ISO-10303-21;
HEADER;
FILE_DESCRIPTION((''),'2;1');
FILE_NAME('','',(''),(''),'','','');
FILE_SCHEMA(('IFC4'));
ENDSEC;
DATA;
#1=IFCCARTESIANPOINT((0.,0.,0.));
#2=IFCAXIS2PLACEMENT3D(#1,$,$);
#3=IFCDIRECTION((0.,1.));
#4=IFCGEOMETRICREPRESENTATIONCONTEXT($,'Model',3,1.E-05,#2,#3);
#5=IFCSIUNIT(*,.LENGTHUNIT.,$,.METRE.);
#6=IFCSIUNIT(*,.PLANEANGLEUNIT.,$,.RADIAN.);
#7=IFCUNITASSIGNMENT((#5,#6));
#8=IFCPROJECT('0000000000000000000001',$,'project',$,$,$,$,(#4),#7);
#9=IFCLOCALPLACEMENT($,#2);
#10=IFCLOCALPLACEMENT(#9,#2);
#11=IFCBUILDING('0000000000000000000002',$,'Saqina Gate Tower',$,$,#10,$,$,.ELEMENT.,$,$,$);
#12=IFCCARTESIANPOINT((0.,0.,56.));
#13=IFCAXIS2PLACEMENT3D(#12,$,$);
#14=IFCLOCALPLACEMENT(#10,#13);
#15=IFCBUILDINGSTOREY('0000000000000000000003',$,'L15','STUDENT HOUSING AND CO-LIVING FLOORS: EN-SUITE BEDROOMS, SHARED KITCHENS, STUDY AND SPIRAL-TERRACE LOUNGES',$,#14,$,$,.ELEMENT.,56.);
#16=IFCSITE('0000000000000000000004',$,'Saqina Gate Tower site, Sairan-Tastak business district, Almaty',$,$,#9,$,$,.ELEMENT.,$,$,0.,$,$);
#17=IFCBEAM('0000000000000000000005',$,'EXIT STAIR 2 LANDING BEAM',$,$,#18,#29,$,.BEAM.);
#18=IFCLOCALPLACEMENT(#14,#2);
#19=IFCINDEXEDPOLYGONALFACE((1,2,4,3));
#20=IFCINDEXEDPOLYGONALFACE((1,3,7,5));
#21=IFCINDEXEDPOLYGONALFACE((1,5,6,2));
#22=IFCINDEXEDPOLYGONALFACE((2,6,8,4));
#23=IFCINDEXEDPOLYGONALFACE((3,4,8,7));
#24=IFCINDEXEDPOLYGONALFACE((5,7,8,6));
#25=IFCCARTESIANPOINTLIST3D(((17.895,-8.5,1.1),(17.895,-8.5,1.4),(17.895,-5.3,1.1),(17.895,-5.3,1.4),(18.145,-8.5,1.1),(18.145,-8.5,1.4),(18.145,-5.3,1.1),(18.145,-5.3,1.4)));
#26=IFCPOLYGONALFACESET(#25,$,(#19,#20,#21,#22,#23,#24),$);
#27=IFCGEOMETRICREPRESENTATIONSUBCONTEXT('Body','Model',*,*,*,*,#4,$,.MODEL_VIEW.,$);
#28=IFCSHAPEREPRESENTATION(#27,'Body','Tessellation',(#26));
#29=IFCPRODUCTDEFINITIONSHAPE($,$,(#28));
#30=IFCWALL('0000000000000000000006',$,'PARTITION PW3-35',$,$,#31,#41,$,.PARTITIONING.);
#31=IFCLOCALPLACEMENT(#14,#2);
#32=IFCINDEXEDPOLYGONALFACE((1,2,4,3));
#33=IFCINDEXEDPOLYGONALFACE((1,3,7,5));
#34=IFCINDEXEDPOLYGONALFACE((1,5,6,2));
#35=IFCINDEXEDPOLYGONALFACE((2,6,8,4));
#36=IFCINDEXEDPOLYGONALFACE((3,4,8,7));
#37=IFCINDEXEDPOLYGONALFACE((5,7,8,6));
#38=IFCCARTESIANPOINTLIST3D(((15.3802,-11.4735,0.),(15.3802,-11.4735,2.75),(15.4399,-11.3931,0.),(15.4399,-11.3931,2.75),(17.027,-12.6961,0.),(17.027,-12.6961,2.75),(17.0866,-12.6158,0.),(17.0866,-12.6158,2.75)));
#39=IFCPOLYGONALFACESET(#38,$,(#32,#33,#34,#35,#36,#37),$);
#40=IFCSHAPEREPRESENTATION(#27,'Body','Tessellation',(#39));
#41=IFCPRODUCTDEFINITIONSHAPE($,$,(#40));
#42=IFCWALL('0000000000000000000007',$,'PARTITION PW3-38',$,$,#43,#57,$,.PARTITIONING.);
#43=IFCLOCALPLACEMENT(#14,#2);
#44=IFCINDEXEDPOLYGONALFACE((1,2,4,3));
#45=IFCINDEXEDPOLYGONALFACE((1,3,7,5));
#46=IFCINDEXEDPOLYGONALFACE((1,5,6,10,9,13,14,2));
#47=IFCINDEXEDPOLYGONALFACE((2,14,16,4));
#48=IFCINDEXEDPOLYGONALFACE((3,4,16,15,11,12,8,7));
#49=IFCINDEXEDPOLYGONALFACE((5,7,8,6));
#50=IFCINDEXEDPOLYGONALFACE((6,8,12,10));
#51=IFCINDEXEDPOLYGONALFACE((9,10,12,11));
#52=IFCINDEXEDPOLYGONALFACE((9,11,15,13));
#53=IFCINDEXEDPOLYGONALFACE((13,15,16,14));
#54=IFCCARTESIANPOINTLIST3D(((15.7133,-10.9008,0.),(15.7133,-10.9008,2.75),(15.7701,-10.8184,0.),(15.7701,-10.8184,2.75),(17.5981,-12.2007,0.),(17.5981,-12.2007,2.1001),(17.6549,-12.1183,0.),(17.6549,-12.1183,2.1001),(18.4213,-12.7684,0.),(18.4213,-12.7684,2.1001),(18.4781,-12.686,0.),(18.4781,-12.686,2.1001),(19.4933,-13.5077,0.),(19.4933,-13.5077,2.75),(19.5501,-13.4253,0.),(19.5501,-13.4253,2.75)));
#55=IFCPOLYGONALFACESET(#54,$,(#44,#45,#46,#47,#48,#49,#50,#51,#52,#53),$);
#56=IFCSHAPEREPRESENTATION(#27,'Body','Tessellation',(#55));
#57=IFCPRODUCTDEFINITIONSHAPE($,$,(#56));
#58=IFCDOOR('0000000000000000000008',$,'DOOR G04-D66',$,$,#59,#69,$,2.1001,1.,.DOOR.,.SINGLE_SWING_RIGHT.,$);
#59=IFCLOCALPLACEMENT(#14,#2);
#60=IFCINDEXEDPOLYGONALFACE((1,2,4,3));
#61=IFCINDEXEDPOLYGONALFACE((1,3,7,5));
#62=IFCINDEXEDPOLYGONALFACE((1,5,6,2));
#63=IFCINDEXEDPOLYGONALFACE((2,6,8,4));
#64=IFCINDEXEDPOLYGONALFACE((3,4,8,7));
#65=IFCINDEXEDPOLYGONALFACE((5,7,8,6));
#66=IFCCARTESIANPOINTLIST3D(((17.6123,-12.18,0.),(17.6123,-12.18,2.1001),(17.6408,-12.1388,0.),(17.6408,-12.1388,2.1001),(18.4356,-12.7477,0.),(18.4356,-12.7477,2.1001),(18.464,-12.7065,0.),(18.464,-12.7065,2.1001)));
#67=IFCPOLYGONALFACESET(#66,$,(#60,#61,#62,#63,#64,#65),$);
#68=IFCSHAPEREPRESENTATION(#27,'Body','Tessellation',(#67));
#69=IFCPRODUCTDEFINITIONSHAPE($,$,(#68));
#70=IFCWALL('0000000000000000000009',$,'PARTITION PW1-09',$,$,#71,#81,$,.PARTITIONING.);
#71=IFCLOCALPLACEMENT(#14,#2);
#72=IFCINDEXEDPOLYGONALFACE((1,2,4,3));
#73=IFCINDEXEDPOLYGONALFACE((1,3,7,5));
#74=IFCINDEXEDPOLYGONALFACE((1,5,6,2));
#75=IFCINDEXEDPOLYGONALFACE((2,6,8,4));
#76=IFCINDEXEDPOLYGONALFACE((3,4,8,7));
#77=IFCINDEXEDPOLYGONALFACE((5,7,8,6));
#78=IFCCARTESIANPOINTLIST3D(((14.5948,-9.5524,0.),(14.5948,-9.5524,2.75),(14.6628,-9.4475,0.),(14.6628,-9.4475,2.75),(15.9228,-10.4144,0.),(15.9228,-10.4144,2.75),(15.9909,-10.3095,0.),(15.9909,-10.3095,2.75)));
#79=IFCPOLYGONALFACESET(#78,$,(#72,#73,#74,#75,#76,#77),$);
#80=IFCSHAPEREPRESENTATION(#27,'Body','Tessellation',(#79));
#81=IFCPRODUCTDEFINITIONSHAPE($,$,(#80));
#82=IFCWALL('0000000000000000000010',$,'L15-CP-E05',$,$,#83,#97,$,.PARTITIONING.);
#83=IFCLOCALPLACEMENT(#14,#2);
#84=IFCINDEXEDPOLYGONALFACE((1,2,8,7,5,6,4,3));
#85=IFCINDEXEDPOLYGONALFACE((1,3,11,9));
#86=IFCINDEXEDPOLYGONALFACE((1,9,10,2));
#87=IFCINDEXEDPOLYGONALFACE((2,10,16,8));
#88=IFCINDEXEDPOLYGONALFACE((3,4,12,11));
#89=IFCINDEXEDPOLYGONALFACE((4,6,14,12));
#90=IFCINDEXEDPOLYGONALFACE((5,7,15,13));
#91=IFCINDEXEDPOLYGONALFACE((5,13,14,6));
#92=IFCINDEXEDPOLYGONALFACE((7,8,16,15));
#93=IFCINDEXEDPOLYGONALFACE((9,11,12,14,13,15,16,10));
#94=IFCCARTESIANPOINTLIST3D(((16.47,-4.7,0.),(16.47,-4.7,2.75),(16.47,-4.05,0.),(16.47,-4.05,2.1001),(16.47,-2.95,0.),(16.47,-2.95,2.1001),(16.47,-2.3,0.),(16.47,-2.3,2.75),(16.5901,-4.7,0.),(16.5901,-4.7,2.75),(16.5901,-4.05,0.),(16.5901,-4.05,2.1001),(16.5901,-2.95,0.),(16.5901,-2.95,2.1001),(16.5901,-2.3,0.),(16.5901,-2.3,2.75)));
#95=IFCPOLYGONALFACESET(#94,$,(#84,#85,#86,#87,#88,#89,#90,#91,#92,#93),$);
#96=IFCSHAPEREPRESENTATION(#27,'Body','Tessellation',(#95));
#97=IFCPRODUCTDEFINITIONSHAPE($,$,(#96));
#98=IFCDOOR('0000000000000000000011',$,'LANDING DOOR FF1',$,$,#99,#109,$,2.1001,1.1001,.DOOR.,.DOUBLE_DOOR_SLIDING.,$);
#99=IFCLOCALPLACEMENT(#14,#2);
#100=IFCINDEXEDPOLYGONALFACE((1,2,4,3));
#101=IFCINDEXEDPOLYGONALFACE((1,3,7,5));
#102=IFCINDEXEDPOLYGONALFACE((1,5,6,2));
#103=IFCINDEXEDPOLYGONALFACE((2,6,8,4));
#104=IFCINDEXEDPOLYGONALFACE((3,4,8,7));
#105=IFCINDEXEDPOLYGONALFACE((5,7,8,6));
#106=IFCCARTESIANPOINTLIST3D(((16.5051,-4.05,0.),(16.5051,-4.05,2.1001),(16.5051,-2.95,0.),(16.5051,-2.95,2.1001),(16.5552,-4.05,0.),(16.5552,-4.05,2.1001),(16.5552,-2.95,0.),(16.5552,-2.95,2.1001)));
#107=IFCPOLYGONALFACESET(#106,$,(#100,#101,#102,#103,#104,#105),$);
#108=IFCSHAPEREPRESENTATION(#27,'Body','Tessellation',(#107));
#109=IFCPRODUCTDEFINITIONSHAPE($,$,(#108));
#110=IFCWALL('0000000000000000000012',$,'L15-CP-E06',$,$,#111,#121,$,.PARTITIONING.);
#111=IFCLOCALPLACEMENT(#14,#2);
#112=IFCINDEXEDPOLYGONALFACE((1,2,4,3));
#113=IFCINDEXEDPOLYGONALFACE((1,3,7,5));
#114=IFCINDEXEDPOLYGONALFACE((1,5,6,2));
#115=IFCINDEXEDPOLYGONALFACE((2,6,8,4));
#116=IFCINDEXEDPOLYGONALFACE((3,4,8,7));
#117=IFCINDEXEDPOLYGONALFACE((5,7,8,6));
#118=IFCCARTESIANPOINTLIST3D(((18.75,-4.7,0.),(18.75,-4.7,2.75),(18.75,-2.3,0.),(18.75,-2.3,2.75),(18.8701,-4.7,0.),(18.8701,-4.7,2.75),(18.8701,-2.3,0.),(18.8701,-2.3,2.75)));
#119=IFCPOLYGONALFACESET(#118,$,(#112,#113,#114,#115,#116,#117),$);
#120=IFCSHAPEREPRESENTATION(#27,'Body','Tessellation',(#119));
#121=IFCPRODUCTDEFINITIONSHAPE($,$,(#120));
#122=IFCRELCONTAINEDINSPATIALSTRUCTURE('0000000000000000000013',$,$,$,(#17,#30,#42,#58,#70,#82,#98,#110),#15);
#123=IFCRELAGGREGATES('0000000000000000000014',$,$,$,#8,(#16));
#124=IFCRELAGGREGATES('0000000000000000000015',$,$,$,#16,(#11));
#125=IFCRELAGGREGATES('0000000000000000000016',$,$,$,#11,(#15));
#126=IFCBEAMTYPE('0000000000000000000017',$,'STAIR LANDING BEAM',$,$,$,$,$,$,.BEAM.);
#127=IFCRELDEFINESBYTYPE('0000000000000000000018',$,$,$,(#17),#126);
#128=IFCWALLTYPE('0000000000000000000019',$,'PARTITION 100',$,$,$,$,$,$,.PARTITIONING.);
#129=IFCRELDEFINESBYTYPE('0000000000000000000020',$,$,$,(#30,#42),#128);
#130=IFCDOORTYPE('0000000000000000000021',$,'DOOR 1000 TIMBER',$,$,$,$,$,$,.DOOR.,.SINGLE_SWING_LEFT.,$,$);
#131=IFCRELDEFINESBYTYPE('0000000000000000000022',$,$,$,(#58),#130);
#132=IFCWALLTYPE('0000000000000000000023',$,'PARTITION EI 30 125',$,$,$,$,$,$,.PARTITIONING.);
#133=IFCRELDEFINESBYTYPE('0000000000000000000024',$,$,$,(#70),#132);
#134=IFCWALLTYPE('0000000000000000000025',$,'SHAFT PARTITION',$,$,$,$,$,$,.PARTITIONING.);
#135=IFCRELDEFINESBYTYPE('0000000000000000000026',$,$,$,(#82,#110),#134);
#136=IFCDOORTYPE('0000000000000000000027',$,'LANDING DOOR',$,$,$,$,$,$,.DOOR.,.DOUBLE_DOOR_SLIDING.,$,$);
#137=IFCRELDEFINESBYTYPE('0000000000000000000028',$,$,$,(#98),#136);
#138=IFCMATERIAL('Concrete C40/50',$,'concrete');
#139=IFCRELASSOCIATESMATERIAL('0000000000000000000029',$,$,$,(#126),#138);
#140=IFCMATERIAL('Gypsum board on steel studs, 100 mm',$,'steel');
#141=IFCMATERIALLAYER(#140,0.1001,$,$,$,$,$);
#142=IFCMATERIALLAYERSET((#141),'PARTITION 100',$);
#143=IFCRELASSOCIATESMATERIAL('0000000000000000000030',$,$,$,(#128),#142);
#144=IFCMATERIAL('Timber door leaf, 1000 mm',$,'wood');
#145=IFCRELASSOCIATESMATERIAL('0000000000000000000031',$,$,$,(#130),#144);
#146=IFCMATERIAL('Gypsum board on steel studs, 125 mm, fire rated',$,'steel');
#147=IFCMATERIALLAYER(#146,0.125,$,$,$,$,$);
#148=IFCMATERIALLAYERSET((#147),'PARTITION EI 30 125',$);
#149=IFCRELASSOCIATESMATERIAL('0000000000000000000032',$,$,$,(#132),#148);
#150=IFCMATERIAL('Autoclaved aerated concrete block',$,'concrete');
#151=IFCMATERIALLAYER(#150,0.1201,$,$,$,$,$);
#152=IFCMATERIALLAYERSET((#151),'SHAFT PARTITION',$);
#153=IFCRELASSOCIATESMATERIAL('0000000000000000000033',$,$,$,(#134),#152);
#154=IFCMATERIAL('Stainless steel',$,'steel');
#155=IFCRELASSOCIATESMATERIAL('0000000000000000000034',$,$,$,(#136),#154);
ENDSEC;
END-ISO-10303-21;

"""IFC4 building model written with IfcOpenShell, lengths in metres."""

from ifc_helpers import new_model, si_unit, direction, frame, frame_2d, origin, origin_2d, place, context, subcontext, project, spatial, rectangle, extrude, material, layer, layer_set, material_profile, profile_set, type_object, element, fill, save


model = new_model("IFC4")

# Units and contexts
model_context = context("Model", 3, precision=1e-05, world=origin(), true_north=direction((0.0, 1.0)))
body_context = subcontext(model_context, "Body", "Model", "MODEL_VIEW")
ifc_project = project(units=[si_unit("LENGTHUNIT", "METRE"), si_unit("PLANEANGLEUNIT", "RADIAN")], contexts=[model_context])

# Site, building, storey
site_placement = place(None, origin())
site = spatial("IfcSite", under=ifc_project, at=site_placement, Name="Saqina Gate Tower site, Sairan-Tastak business district, Almaty", CompositionType="ELEMENT", RefElevation=0.0)
building_placement = place(site_placement, origin())
building = spatial("IfcBuilding", under=site, at=building_placement, Name="Saqina Gate Tower", CompositionType="ELEMENT")
storey_placement = place(building_placement, frame((0.0, 0.0, 56.0)))
storey = spatial("IfcBuildingStorey", under=building, at=storey_placement, Name="L15", Description="STUDENT HOUSING AND CO-LIVING FLOORS: EN-SUITE BEDROOMS, SHARED KITCHENS, STUDY AND SPIRAL-TERRACE LOUNGES", CompositionType="ELEMENT", Elevation=56.0)

# Beam
ifc_material_1 = material(Name="Concrete C40/50", Category="concrete")
ifc_material_profile = material_profile(ifc_material_1, rectangle(XDim=0.25, YDim=0.3, at=origin_2d()), Name="STAIR LANDING BEAM")
ifc_profile_set = profile_set([ifc_material_profile], Name="Concrete C40/50")
beam_type = type_object("IfcBeamType", Name="STAIR LANDING BEAM", PredefinedType="BEAM", material=ifc_profile_set)
beam_placement = place(storey_placement, frame((18.02, -8.5, 1.25), z_axis=(0.0, 1.0, 0.0), x_axis=(-1.0, 0.0, 0.0)))
element("IfcBeam", 1, at=beam_placement, inside=storey, type_object=beam_type, Name="EXIT STAIR 2 LANDING BEAM", PredefinedType="BEAM", context=body_context, shape_type="SweptSolid", body=[
    extrude(rectangle(XDim=0.25, YDim=0.3, at=origin_2d()), origin(), (0.0, 0.0, 1.0), 3.2),
])

# Wall
ifc_material_2 = material(Name="Gypsum board on steel studs, 100 mm", Category="steel")
ifc_layer_1 = layer(ifc_material_2, 0.1001)
ifc_layer_set_1 = layer_set([ifc_layer_1], Name="PARTITION 100")
wall_type_1 = type_object("IfcWallType", Name="PARTITION 100", PredefinedType="PARTITIONING", material=ifc_layer_set_1)
wall_1_placement = place(storey_placement, frame((15.4102, -11.4333, 0.0), z_axis=(0.0, 0.0, 1.0), x_axis=(0.80289, -0.596127, 0.0)))
element("IfcWall", 2, at=wall_1_placement, inside=storey, type_object=wall_type_1, Name="PARTITION PW3-35", PredefinedType="PARTITIONING", context=body_context, shape_type="SweptSolid", body=[
    extrude(rectangle(XDim=2.051, YDim=0.1001, at=frame_2d((1.0254, 0.0))), origin(), (0.0, 0.0, 1.0), 2.75),
])

# Wall, opening, door
wall_2_placement = place(storey_placement, frame((15.7417, -10.8596, 0.0), z_axis=(0.0, 0.0, 1.0), x_axis=(0.823211, -0.567735, 0.0)))
wall_2 = element("IfcWall", 3, at=wall_2_placement, inside=storey, type_object=wall_type_1, Name="PARTITION PW3-38", PredefinedType="PARTITIONING", context=body_context, shape_type="SweptSolid", body=[
    extrude(rectangle(XDim=4.5918, YDim=0.1001, at=frame_2d((2.2959, 0.0))), origin(), (0.0, 0.0, 1.0), 2.75),
])
opening_1_placement = place(wall_2_placement, frame((2.2896, 0.0, 0.0)))
opening_1 = element("IfcOpeningElement", 4, at=opening_1_placement, cuts=wall_2, PredefinedType="OPENING", context=body_context, shape_type="SweptSolid", body=[
    extrude(rectangle(XDim=1.0, YDim=2.1001, at=frame_2d((0.5, 1.05))), frame((0.0, 0.062, 0.0), z_axis=(0.0, -1.0, 0.0), x_axis=(1.0, 0.0, 0.0)), (0.0, 0.0, 1.0), 0.124),
])
ifc_material_3 = material(Name="Timber door leaf, 1000 mm", Category="wood")
door_type_1 = type_object("IfcDoorType", Name="DOOR 1000 TIMBER", OperationType="SINGLE_SWING_LEFT", PredefinedType="DOOR", material=ifc_material_3)
door_1_placement = place(opening_1_placement, frame((1.0, 0.0, 0.0), z_axis=(0.0, 0.0, 1.0), x_axis=(-1.0, 0.0, 0.0)))
door_1 = element("IfcDoor", 5, at=door_1_placement, inside=storey, type_object=door_type_1, Name="DOOR G04-D66", OperationType="SINGLE_SWING_RIGHT", OverallHeight=2.1001, OverallWidth=1.0, PredefinedType="DOOR", context=body_context, shape_type="SweptSolid", body=[
    extrude(rectangle(XDim=1.0, YDim=2.1001, at=frame_2d((0.5, 1.05))), frame((0.0, 0.0249, 0.0), z_axis=(0.0, -1.0, 0.0), x_axis=(1.0, 0.0, 0.0)), (0.0, 0.0, 1.0), 0.05),
])
fill(opening_1, door_1)

# Wall
ifc_material_4 = material(Name="Gypsum board on steel studs, 125 mm, fire rated", Category="steel")
ifc_layer_2 = layer(ifc_material_4, 0.125)
ifc_layer_set_2 = layer_set([ifc_layer_2], Name="PARTITION EI 30 125")
wall_type_2 = type_object("IfcWallType", Name="PARTITION EI 30 125", PredefinedType="PARTITIONING", material=ifc_layer_set_2)
wall_3_placement = place(storey_placement, frame((14.6289, -9.5, 0.0), z_axis=(0.0, 0.0, 1.0), x_axis=(0.838796, -0.544446, 0.0)))
element("IfcWall", 6, at=wall_3_placement, inside=storey, type_object=wall_type_2, Name="PARTITION PW1-09", PredefinedType="PARTITIONING", context=body_context, shape_type="SweptSolid", body=[
    extrude(rectangle(XDim=1.5833, YDim=0.125, at=frame_2d((0.7915, 0.0))), origin(), (0.0, 0.0, 1.0), 2.75),
])

# Wall, opening, door
ifc_material_5 = material(Name="Autoclaved aerated concrete block", Category="concrete")
ifc_layer_3 = layer(ifc_material_5, 0.1201)
ifc_layer_set_3 = layer_set([ifc_layer_3], Name="SHAFT PARTITION")
wall_type_3 = type_object("IfcWallType", Name="SHAFT PARTITION", PredefinedType="PARTITIONING", material=ifc_layer_set_3)
wall_4_placement = place(storey_placement, frame((16.53, -4.7, 0.0), z_axis=(0.0, 0.0, 1.0), x_axis=(0.0, 1.0, 0.0)))
wall_4 = element("IfcWall", 7, at=wall_4_placement, inside=storey, type_object=wall_type_3, Name="L15-CP-E05", PredefinedType="PARTITIONING", context=body_context, shape_type="SweptSolid", body=[
    extrude(rectangle(XDim=2.3999, YDim=0.1201, at=frame_2d((1.2, 0.0))), origin(), (0.0, 0.0, 1.0), 2.75),
])
opening_2_placement = place(wall_4_placement, frame((0.6499, 0.0, 0.0)))
opening_2 = element("IfcOpeningElement", 8, at=opening_2_placement, cuts=wall_4, PredefinedType="OPENING", context=body_context, shape_type="SweptSolid", body=[
    extrude(rectangle(XDim=1.1001, YDim=2.1001, at=frame_2d((0.55, 1.05))), frame((0.0, 0.072, 0.0), z_axis=(0.0, -1.0, 0.0), x_axis=(1.0, 0.0, 0.0)), (0.0, 0.0, 1.0), 0.144),
])
ifc_material_6 = material(Name="Stainless steel", Category="steel")
door_type_2 = type_object("IfcDoorType", Name="LANDING DOOR", OperationType="DOUBLE_DOOR_SLIDING", PredefinedType="DOOR", material=ifc_material_6)
door_2_placement = place(opening_2_placement, origin())
door_2 = element("IfcDoor", 9, at=door_2_placement, inside=storey, type_object=door_type_2, Name="LANDING DOOR FF1", OperationType="DOUBLE_DOOR_SLIDING", OverallHeight=2.1001, OverallWidth=1.1001, PredefinedType="DOOR", context=body_context, shape_type="SweptSolid", body=[
    extrude(rectangle(XDim=1.1001, YDim=2.1001, at=frame_2d((0.55, 1.05))), frame((0.0, 0.0249, 0.0), z_axis=(0.0, -1.0, 0.0), x_axis=(1.0, 0.0, 0.0)), (0.0, 0.0, 1.0), 0.05),
])
fill(opening_2, door_2)

# Wall
wall_5_placement = place(storey_placement, frame((18.8101, -4.7, 0.0), z_axis=(0.0, 0.0, 1.0), x_axis=(0.0, 1.0, 0.0)))
element("IfcWall", 10, at=wall_5_placement, inside=storey, type_object=wall_type_3, Name="L15-CP-E06", PredefinedType="PARTITIONING", context=body_context, shape_type="SweptSolid", body=[
    extrude(rectangle(XDim=2.3999, YDim=0.1201, at=frame_2d((1.2, 0.0))), origin(), (0.0, 0.0, 1.0), 2.75),
])

save(model, "model.ifc")
